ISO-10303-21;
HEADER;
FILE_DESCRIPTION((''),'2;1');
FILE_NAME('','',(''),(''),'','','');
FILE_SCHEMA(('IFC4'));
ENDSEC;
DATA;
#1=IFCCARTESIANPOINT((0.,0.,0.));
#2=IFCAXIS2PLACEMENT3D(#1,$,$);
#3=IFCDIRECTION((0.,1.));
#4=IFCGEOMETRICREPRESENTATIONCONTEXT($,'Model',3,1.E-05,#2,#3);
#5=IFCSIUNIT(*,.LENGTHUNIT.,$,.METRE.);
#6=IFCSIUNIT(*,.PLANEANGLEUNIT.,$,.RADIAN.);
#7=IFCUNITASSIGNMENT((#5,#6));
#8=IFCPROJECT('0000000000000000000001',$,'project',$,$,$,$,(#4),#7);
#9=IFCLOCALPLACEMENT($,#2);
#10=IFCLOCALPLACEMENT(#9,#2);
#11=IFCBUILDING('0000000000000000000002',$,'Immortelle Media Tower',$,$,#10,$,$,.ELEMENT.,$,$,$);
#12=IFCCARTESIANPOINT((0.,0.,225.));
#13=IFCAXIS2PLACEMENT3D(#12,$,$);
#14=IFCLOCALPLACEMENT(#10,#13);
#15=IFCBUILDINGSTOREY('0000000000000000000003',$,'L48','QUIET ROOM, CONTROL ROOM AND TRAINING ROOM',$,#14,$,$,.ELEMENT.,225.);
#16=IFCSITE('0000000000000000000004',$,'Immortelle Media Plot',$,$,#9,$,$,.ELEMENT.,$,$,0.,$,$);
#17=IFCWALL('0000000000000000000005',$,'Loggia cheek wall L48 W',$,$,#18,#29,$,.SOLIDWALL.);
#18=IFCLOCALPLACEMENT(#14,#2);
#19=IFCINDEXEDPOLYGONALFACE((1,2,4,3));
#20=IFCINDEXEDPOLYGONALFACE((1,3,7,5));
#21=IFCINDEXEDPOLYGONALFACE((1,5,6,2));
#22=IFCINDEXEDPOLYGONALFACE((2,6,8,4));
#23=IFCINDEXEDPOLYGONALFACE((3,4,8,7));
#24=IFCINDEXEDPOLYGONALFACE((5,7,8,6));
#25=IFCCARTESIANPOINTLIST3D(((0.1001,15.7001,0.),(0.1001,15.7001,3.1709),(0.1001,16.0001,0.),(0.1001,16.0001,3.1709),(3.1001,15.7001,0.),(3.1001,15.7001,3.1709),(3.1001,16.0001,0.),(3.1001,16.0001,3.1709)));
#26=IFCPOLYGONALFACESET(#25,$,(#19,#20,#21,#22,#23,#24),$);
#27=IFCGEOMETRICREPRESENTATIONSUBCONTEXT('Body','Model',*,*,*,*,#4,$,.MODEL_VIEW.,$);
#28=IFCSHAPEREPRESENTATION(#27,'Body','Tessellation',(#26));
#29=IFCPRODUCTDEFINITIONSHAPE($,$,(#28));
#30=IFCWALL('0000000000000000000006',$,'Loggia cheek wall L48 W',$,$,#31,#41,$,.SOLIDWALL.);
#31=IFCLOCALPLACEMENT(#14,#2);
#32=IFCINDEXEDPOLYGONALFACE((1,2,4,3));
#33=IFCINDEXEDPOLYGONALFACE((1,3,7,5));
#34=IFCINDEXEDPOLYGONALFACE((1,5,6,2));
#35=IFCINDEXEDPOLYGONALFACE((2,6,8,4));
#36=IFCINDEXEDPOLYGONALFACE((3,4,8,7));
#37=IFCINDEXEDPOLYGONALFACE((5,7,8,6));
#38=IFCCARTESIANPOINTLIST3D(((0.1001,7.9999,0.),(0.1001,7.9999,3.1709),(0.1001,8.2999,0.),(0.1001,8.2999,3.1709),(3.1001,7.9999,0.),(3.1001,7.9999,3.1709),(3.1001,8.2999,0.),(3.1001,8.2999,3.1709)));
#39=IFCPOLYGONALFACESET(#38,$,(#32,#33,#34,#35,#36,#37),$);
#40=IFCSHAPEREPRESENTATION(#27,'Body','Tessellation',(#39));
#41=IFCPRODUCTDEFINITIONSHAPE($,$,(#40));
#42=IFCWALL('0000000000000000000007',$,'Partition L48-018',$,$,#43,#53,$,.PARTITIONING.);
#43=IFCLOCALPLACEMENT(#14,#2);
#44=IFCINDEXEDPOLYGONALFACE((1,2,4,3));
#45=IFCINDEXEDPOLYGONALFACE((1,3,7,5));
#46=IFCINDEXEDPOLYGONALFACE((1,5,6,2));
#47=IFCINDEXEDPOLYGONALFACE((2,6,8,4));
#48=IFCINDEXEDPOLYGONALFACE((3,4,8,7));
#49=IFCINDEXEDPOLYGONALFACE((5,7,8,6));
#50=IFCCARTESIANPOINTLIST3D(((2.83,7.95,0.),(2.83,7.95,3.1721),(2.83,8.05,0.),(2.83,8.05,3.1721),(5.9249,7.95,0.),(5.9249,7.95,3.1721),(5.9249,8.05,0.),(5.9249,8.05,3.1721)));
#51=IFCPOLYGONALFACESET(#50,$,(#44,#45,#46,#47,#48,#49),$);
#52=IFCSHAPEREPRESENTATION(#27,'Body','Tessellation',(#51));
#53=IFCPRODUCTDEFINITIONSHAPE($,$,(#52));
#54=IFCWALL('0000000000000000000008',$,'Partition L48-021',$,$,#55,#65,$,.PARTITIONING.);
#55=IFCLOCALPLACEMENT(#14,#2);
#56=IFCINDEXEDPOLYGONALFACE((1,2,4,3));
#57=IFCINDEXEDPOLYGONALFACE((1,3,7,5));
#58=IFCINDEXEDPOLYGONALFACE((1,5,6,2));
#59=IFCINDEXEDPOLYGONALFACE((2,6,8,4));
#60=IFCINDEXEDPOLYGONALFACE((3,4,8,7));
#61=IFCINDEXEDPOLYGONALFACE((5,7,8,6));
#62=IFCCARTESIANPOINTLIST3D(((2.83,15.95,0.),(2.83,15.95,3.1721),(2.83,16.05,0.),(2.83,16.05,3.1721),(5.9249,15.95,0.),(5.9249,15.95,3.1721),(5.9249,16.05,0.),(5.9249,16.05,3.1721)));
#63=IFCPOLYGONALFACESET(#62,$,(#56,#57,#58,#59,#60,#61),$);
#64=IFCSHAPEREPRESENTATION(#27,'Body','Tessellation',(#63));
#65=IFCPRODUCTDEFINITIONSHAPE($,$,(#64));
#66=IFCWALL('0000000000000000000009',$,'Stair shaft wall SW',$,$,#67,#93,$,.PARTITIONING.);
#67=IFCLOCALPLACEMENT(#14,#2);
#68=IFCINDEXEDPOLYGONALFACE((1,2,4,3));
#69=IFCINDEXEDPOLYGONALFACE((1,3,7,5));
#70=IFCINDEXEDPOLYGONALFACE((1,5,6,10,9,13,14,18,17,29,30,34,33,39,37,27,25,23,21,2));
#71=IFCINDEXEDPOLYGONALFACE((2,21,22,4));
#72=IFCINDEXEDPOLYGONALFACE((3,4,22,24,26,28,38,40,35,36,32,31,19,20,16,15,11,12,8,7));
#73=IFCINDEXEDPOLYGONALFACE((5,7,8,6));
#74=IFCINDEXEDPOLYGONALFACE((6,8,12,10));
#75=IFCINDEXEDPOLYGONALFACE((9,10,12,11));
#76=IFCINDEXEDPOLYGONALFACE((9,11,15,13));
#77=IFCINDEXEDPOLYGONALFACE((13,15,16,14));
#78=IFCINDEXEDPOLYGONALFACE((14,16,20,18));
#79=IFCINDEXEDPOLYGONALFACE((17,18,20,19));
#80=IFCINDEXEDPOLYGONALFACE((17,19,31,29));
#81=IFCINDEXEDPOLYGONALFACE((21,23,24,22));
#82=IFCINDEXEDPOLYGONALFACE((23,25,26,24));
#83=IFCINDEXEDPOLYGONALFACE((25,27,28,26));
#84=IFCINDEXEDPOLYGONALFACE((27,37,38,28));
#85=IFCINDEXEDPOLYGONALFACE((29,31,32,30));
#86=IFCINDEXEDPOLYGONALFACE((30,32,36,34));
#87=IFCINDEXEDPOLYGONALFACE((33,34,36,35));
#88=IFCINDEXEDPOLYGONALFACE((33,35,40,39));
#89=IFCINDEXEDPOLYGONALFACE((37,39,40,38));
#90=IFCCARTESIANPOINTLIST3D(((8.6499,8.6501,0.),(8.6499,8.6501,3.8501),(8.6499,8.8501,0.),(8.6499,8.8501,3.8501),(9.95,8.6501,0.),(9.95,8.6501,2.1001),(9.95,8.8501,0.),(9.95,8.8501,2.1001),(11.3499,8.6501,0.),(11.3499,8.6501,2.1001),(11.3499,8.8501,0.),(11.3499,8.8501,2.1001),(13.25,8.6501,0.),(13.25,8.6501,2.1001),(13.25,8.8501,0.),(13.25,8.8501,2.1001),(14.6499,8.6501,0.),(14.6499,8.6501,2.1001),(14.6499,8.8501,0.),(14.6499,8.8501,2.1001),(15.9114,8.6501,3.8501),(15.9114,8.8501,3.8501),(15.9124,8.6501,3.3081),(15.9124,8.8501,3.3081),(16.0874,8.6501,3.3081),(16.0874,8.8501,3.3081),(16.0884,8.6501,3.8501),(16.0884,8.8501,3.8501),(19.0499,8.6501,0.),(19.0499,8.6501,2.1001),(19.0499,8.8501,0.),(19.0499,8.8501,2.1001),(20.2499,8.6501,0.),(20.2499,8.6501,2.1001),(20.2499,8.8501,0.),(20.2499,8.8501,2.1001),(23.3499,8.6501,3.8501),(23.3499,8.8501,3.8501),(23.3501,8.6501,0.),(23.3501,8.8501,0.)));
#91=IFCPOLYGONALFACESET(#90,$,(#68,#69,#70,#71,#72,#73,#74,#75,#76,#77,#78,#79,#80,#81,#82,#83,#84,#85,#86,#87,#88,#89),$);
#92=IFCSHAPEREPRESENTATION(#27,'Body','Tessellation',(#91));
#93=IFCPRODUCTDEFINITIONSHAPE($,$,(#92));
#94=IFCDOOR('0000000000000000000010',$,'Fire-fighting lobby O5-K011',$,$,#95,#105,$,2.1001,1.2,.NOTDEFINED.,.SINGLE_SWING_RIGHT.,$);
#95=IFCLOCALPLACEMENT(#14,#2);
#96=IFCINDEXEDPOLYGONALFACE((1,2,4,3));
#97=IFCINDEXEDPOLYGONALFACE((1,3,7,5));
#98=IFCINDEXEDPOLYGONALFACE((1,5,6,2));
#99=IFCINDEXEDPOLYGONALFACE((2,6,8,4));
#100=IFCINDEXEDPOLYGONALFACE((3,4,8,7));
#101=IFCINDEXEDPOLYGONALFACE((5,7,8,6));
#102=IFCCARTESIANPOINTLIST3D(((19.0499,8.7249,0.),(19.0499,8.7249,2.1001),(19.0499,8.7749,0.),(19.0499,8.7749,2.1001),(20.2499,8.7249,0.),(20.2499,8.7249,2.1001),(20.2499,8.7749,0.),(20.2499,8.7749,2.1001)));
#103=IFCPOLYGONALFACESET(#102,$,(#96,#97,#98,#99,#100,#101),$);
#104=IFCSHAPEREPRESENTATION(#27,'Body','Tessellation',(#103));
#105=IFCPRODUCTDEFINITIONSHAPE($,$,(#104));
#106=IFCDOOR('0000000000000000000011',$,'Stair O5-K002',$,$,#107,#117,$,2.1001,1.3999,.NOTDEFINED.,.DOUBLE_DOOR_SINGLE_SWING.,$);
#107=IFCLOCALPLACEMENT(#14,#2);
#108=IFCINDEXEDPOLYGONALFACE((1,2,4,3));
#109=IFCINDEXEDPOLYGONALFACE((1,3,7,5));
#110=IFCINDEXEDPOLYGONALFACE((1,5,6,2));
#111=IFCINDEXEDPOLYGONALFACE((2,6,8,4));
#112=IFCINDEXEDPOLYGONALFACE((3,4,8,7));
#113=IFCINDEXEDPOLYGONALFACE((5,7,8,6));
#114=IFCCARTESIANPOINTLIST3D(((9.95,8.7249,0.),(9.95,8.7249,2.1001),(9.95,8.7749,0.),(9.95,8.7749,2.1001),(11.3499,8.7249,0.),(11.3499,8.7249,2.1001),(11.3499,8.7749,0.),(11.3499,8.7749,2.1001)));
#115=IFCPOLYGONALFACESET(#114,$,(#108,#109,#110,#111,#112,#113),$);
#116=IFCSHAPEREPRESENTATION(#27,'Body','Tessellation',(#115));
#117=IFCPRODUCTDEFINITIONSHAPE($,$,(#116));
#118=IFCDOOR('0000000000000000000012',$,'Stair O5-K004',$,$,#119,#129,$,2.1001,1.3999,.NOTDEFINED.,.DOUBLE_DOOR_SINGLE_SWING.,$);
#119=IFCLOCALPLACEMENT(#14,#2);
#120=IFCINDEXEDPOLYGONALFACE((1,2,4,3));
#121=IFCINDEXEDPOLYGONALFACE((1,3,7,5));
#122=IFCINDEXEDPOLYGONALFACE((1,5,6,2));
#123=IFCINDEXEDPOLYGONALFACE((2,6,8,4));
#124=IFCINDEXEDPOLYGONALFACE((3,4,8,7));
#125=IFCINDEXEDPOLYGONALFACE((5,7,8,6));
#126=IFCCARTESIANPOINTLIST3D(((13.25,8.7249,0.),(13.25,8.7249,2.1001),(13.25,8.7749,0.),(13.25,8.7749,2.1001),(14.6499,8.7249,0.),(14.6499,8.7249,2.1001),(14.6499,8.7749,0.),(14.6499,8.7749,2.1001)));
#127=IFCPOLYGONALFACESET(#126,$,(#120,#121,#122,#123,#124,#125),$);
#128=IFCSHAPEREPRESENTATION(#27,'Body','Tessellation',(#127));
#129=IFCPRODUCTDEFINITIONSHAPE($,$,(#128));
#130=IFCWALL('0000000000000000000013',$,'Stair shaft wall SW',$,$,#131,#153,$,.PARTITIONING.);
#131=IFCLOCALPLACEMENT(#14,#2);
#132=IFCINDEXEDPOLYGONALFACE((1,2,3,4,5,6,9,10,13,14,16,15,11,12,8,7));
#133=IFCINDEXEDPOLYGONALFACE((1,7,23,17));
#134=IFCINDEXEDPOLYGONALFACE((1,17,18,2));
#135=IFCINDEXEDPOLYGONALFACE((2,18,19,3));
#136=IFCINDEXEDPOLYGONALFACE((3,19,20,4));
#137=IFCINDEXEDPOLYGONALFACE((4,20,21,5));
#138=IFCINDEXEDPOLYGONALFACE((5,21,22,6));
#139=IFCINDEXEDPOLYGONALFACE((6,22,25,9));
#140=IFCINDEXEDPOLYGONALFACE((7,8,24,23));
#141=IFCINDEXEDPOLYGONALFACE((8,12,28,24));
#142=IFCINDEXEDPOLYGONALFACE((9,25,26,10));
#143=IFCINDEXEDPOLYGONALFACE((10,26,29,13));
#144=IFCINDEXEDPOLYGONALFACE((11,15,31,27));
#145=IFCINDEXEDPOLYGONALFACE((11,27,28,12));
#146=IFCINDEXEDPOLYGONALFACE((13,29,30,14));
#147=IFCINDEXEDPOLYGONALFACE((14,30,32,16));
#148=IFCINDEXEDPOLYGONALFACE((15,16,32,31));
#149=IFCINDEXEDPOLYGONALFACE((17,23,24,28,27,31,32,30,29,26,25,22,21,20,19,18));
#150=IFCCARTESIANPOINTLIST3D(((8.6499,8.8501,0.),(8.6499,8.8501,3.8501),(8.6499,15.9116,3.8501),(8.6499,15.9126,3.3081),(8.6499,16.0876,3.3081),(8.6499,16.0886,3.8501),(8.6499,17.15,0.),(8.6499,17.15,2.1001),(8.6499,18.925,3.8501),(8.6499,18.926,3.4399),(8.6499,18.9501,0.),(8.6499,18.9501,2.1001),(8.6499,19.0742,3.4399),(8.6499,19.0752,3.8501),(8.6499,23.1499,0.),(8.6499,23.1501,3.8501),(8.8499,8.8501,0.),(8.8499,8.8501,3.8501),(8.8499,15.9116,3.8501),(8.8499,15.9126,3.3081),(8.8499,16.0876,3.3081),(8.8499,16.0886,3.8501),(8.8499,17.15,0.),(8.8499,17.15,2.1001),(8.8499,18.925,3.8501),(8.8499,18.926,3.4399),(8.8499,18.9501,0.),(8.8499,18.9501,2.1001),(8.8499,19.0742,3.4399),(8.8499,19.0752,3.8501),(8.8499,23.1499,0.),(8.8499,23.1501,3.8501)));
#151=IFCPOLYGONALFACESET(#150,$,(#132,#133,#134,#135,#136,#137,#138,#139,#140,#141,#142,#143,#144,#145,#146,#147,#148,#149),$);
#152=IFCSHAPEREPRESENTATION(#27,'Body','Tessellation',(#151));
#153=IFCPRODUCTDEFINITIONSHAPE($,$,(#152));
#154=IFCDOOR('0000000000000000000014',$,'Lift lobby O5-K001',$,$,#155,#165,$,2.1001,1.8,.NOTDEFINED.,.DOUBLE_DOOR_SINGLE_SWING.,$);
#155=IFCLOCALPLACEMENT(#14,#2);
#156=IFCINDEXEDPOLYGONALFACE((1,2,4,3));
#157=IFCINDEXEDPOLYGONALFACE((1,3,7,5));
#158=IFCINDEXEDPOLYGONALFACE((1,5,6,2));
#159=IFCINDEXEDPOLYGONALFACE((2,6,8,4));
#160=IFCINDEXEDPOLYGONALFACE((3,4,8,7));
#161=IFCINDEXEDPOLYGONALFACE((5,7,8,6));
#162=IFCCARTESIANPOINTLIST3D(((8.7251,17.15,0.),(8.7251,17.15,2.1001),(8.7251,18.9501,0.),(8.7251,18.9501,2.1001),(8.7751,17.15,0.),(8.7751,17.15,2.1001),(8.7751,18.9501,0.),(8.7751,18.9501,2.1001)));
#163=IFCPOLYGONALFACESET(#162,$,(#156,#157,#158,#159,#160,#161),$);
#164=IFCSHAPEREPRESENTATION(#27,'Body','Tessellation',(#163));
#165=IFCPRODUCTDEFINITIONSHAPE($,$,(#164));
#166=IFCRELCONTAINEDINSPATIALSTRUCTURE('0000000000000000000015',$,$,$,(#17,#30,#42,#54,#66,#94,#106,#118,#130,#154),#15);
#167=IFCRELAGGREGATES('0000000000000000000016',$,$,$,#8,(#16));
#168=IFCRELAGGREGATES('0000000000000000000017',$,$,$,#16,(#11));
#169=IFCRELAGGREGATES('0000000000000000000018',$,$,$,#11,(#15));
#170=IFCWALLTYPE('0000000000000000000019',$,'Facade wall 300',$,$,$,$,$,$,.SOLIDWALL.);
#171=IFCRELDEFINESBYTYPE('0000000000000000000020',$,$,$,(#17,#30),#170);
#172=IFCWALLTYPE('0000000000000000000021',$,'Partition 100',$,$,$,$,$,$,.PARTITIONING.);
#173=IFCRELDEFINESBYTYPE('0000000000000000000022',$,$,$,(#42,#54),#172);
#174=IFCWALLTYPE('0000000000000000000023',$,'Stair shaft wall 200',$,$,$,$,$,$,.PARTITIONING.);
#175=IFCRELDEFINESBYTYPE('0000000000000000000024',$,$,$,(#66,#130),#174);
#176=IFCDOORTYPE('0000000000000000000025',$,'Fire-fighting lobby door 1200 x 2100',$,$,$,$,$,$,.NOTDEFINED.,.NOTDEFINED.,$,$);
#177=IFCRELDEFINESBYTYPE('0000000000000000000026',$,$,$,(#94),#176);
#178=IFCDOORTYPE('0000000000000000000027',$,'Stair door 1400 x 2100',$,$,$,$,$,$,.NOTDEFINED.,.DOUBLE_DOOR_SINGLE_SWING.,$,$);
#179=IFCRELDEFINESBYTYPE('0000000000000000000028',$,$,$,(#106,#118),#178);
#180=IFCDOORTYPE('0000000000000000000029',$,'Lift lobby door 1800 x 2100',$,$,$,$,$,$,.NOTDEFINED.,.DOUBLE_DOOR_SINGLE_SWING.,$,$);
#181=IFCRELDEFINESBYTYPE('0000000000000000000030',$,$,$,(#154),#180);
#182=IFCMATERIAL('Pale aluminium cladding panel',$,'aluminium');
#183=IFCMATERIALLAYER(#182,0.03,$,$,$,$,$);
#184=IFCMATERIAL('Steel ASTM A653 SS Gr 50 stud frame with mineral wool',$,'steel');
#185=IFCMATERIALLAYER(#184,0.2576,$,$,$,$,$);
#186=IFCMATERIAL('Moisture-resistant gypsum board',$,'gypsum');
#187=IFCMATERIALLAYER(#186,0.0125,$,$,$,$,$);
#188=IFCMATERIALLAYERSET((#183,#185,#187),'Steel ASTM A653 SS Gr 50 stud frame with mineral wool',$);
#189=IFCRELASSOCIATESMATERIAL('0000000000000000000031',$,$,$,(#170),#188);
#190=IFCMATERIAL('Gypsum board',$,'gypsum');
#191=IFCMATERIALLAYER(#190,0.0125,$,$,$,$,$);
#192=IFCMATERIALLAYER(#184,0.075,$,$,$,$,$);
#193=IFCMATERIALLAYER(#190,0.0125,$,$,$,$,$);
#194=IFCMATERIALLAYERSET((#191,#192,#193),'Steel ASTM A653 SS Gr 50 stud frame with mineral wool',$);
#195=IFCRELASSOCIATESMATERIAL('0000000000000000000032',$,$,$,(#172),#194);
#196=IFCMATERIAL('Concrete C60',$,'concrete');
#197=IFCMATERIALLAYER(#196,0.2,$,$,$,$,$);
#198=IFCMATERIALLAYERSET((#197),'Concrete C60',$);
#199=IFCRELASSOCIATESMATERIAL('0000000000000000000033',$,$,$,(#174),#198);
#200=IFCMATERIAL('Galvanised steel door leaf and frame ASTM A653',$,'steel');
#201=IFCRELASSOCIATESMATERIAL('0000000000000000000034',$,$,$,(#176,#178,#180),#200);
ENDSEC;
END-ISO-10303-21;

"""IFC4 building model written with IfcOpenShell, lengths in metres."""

from ifc_helpers import new_model, si_unit, direction, frame, frame_2d, origin, place, context, subcontext, project, spatial, polyline, rectangle, outline, extrude, material, layer, layer_set, type_object, element, fill, save


model = new_model("IFC4")

# Units and contexts
model_context = context("Model", 3, precision=1e-05, world=origin(), true_north=direction((0.0, 1.0)))
body_context = subcontext(model_context, "Body", "Model", "MODEL_VIEW")
ifc_project = project(units=[si_unit("LENGTHUNIT", "METRE"), si_unit("PLANEANGLEUNIT", "RADIAN")], contexts=[model_context])

# Site, building, storey
site_placement = place(None, origin())
site = spatial("IfcSite", under=ifc_project, at=site_placement, Name="Immortelle Media Plot", CompositionType="ELEMENT", RefElevation=0.0)
building_placement = place(site_placement, origin())
building = spatial("IfcBuilding", under=site, at=building_placement, Name="Immortelle Media Tower", CompositionType="ELEMENT")
storey_placement = place(building_placement, frame((0.0, 0.0, 225.0)))
storey = spatial("IfcBuildingStorey", under=building, at=storey_placement, Name="L48", Description="QUIET ROOM, CONTROL ROOM AND TRAINING ROOM", CompositionType="ELEMENT", Elevation=225.0)

# Shared definitions
ifc_material_1 = material(Name="Pale aluminium cladding panel", Category="aluminium")
ifc_layer_1 = layer(ifc_material_1, 0.03)
ifc_material_2 = material(Name="Steel ASTM A653 SS Gr 50 stud frame with mineral wool", Category="steel")
ifc_layer_2 = layer(ifc_material_2, 0.2576)
ifc_material_3 = material(Name="Moisture-resistant gypsum board", Category="gypsum")
ifc_layer_3 = layer(ifc_material_3, 0.0125)
ifc_layer_set_1 = layer_set([ifc_layer_1, ifc_layer_2, ifc_layer_3], Name="Steel ASTM A653 SS Gr 50 stud frame with mineral wool")
wall_type_1 = type_object("IfcWallType", Name="Facade wall 300", PredefinedType="SOLIDWALL", material=ifc_layer_set_1)

# Walls
for number, where, z_axis, x_axis, name in (
    (1, (0.1001, 15.8501, 0.0), (0.0, 0.0, 1.0), (1.0, 0.0, 0.0), "Loggia cheek wall L48 W"),
    (2, (0.1001, 8.1499, 0.0), (0.0, 0.0, 1.0), (1.0, 0.0, 0.0), "Loggia cheek wall L48 W"),
):
    element("IfcWall", number, at=place(storey_placement, frame(where, z_axis=z_axis, x_axis=x_axis)), inside=storey, type_object=wall_type_1, Name=name, PredefinedType="SOLIDWALL", context=body_context, shape_type="SweptSolid", body=[
        extrude(rectangle(XDim=3.0, YDim=0.3, at=frame_2d((1.5, 0.0))), origin(), (0.0, 0.0, 1.0), 3.1709),
    ])
ifc_material_4 = material(Name="Gypsum board", Category="gypsum")
ifc_layer_4 = layer(ifc_material_4, 0.0125)
ifc_layer_5 = layer(ifc_material_2, 0.075)
ifc_layer_6 = layer(ifc_material_4, 0.0125)
ifc_layer_set_2 = layer_set([ifc_layer_4, ifc_layer_5, ifc_layer_6], Name="Steel ASTM A653 SS Gr 50 stud frame with mineral wool")
wall_type_2 = type_object("IfcWallType", Name="Partition 100", PredefinedType="PARTITIONING", material=ifc_layer_set_2)
for number, where, z_axis, x_axis, name in (
    (3, (2.8301, 8.0, 0.0), (0.0, 0.0, 1.0), (1.0, 0.0, 0.0), "Partition L48-018"),
    (4, (2.8301, 16.0, 0.0), (0.0, 0.0, 1.0), (1.0, 0.0, 0.0), "Partition L48-021"),
):
    element("IfcWall", number, at=place(storey_placement, frame(where, z_axis=z_axis, x_axis=x_axis)), inside=storey, type_object=wall_type_2, Name=name, PredefinedType="PARTITIONING", context=body_context, shape_type="SweptSolid", body=[
        extrude(rectangle(XDim=3.095, YDim=0.1001, at=frame_2d((1.5474, 0.0))), origin(), (0.0, 0.0, 1.0), 3.1721),
    ])

# Wall, openings, doors
ifc_material_5 = material(Name="Concrete C60", Category="concrete")
ifc_layer_7 = layer(ifc_material_5, 0.2)
ifc_layer_set_3 = layer_set([ifc_layer_7], Name="Concrete C60")
wall_type_3 = type_object("IfcWallType", Name="Stair shaft wall 200", PredefinedType="PARTITIONING", material=ifc_layer_set_3)
wall_1_placement = place(storey_placement, frame((8.6499, 8.75, 0.0), z_axis=(0.0, 0.0, 1.0), x_axis=(1.0, 0.0, 0.0)))
wall_1 = element("IfcWall", 5, at=wall_1_placement, inside=storey, type_object=wall_type_3, Name="Stair shaft wall SW", PredefinedType="PARTITIONING", context=body_context, shape_type="SweptSolid", body=[
    extrude(outline(polyline([(0.0, 0.0), (14.7002, 0.0), (14.7, 3.8501), (7.4385, 3.8501), (7.4375, 3.3081), (7.2625, 3.3081), (7.2615, 3.8501), (0.0, 3.8501), (0.0, 0.0)])), frame((0.0, 0.1001, 0.0), z_axis=(0.0, -1.0, 0.0), x_axis=(1.0, 0.0, 0.0)), (0.0, 0.0, 1.0), 0.2),
])
opening_1_placement = place(wall_1_placement, frame((1.3, 0.0, 0.0)))
opening_1 = element("IfcOpeningElement", 6, at=opening_1_placement, cuts=wall_1, PredefinedType="OPENING", context=body_context, shape_type="SweptSolid", body=[
    extrude(rectangle(XDim=1.3999, YDim=2.1001, at=frame_2d((0.7, 1.05))), frame((0.0, 0.1099, 0.0), z_axis=(0.0, -1.0, 0.0), x_axis=(1.0, 0.0, 0.0)), (0.0, 0.0, 1.0), 0.22),
])
opening_2_placement = place(wall_1_placement, frame((4.6001, 0.0, 0.0)))
opening_2 = element("IfcOpeningElement", 7, at=opening_2_placement, cuts=wall_1, PredefinedType="OPENING", context=body_context, shape_type="SweptSolid", body=[
    extrude(rectangle(XDim=1.3999, YDim=2.1001, at=frame_2d((0.7, 1.05))), frame((0.0, 0.1099, 0.0), z_axis=(0.0, -1.0, 0.0), x_axis=(1.0, 0.0, 0.0)), (0.0, 0.0, 1.0), 0.22),
])
opening_3_placement = place(wall_1_placement, frame((10.3999, 0.0, 0.0)))
opening_3 = element("IfcOpeningElement", 8, at=opening_3_placement, cuts=wall_1, PredefinedType="OPENING", context=body_context, shape_type="SweptSolid", body=[
    extrude(rectangle(XDim=1.2, YDim=2.1001, at=frame_2d((0.6001, 1.05))), frame((0.0, 0.1099, 0.0), z_axis=(0.0, -1.0, 0.0), x_axis=(1.0, 0.0, 0.0)), (0.0, 0.0, 1.0), 0.22),
])
ifc_material_6 = material(Name="Galvanised steel door leaf and frame ASTM A653", Category="steel")
door_type_1 = type_object("IfcDoorType", Name="Fire-fighting lobby door 1200 x 2100", OperationType="NOTDEFINED", PredefinedType="NOTDEFINED", material=ifc_material_6)
door_1_placement = place(opening_3_placement, origin())
door_1 = element("IfcDoor", 9, at=door_1_placement, inside=storey, type_object=door_type_1, Name="Fire-fighting lobby O5-K011", OperationType="SINGLE_SWING_RIGHT", OverallHeight=2.1001, OverallWidth=1.2, PredefinedType="NOTDEFINED", context=body_context, shape_type="SweptSolid", body=[
    extrude(rectangle(XDim=1.2, YDim=2.1001, at=frame_2d((0.6001, 1.05))), frame((0.0, 0.0249, 0.0), z_axis=(0.0, -1.0, 0.0), x_axis=(1.0, 0.0, 0.0)), (0.0, 0.0, 1.0), 0.05),
])
fill(opening_3, door_1)
door_type_2 = type_object("IfcDoorType", Name="Stair door 1400 x 2100", OperationType="DOUBLE_DOOR_SINGLE_SWING", PredefinedType="NOTDEFINED", material=ifc_material_6)
door_2_placement = place(opening_1_placement, origin())
door_2 = element("IfcDoor", 10, at=door_2_placement, inside=storey, type_object=door_type_2, Name="Stair O5-K002", OperationType="DOUBLE_DOOR_SINGLE_SWING", OverallHeight=2.1001, OverallWidth=1.3999, PredefinedType="NOTDEFINED", context=body_context, shape_type="SweptSolid", body=[
    extrude(rectangle(XDim=1.3999, YDim=2.1001, at=frame_2d((0.7, 1.05))), frame((0.0, 0.0249, 0.0), z_axis=(0.0, -1.0, 0.0), x_axis=(1.0, 0.0, 0.0)), (0.0, 0.0, 1.0), 0.05),
])
fill(opening_1, door_2)
door_3_placement = place(opening_2_placement, origin())
door_3 = element("IfcDoor", 11, at=door_3_placement, inside=storey, type_object=door_type_2, Name="Stair O5-K004", OperationType="DOUBLE_DOOR_SINGLE_SWING", OverallHeight=2.1001, OverallWidth=1.3999, PredefinedType="NOTDEFINED", context=body_context, shape_type="SweptSolid", body=[
    extrude(rectangle(XDim=1.3999, YDim=2.1001, at=frame_2d((0.7, 1.05))), frame((0.0, 0.0249, 0.0), z_axis=(0.0, -1.0, 0.0), x_axis=(1.0, 0.0, 0.0)), (0.0, 0.0, 1.0), 0.05),
])
fill(opening_2, door_3)

# Wall, opening, door
wall_2_placement = place(storey_placement, frame((8.75, 8.8501, 0.0), z_axis=(0.0, 0.0, 1.0), x_axis=(0.0, 1.0, 0.0)))
wall_2 = element("IfcWall", 12, at=wall_2_placement, inside=storey, type_object=wall_type_3, Name="Stair shaft wall SW", PredefinedType="PARTITIONING", context=body_context, shape_type="SweptSolid", body=[
    extrude(outline(polyline([(0.0, 0.0), (14.2998, 0.0), (14.3, 3.8501), (10.2251, 3.8501), (10.2241, 3.4399), (10.0759, 3.4399), (10.075, 3.8501), (7.2385, 3.8501), (7.2375, 3.3081), (7.0625, 3.3081), (7.0615, 3.8501), (0.0, 3.8501), (0.0, 0.0)])), frame((0.0, 0.1001, 0.0), z_axis=(0.0, -1.0, 0.0), x_axis=(1.0, 0.0, 0.0)), (0.0, 0.0, 1.0), 0.2),
])
opening_4_placement = place(wall_2_placement, frame((8.3, 0.0, 0.0)))
opening_4 = element("IfcOpeningElement", 13, at=opening_4_placement, cuts=wall_2, PredefinedType="OPENING", context=body_context, shape_type="SweptSolid", body=[
    extrude(rectangle(XDim=1.8, YDim=2.1001, at=frame_2d((0.8999, 1.05))), frame((0.0, 0.1099, 0.0), z_axis=(0.0, -1.0, 0.0), x_axis=(1.0, 0.0, 0.0)), (0.0, 0.0, 1.0), 0.22),
])
door_type_3 = type_object("IfcDoorType", Name="Lift lobby door 1800 x 2100", OperationType="DOUBLE_DOOR_SINGLE_SWING", PredefinedType="NOTDEFINED", material=ifc_material_6)
door_4_placement = place(opening_4_placement, origin())
door_4 = element("IfcDoor", 14, at=door_4_placement, inside=storey, type_object=door_type_3, Name="Lift lobby O5-K001", OperationType="DOUBLE_DOOR_SINGLE_SWING", OverallHeight=2.1001, OverallWidth=1.8, PredefinedType="NOTDEFINED", context=body_context, shape_type="SweptSolid", body=[
    extrude(rectangle(XDim=1.8, YDim=2.1001, at=frame_2d((0.8999, 1.05))), frame((0.0, 0.0249, 0.0), z_axis=(0.0, -1.0, 0.0), x_axis=(1.0, 0.0, 0.0)), (0.0, 0.0, 1.0), 0.05),
])
fill(opening_4, door_4)

save(model, "model.ifc")
